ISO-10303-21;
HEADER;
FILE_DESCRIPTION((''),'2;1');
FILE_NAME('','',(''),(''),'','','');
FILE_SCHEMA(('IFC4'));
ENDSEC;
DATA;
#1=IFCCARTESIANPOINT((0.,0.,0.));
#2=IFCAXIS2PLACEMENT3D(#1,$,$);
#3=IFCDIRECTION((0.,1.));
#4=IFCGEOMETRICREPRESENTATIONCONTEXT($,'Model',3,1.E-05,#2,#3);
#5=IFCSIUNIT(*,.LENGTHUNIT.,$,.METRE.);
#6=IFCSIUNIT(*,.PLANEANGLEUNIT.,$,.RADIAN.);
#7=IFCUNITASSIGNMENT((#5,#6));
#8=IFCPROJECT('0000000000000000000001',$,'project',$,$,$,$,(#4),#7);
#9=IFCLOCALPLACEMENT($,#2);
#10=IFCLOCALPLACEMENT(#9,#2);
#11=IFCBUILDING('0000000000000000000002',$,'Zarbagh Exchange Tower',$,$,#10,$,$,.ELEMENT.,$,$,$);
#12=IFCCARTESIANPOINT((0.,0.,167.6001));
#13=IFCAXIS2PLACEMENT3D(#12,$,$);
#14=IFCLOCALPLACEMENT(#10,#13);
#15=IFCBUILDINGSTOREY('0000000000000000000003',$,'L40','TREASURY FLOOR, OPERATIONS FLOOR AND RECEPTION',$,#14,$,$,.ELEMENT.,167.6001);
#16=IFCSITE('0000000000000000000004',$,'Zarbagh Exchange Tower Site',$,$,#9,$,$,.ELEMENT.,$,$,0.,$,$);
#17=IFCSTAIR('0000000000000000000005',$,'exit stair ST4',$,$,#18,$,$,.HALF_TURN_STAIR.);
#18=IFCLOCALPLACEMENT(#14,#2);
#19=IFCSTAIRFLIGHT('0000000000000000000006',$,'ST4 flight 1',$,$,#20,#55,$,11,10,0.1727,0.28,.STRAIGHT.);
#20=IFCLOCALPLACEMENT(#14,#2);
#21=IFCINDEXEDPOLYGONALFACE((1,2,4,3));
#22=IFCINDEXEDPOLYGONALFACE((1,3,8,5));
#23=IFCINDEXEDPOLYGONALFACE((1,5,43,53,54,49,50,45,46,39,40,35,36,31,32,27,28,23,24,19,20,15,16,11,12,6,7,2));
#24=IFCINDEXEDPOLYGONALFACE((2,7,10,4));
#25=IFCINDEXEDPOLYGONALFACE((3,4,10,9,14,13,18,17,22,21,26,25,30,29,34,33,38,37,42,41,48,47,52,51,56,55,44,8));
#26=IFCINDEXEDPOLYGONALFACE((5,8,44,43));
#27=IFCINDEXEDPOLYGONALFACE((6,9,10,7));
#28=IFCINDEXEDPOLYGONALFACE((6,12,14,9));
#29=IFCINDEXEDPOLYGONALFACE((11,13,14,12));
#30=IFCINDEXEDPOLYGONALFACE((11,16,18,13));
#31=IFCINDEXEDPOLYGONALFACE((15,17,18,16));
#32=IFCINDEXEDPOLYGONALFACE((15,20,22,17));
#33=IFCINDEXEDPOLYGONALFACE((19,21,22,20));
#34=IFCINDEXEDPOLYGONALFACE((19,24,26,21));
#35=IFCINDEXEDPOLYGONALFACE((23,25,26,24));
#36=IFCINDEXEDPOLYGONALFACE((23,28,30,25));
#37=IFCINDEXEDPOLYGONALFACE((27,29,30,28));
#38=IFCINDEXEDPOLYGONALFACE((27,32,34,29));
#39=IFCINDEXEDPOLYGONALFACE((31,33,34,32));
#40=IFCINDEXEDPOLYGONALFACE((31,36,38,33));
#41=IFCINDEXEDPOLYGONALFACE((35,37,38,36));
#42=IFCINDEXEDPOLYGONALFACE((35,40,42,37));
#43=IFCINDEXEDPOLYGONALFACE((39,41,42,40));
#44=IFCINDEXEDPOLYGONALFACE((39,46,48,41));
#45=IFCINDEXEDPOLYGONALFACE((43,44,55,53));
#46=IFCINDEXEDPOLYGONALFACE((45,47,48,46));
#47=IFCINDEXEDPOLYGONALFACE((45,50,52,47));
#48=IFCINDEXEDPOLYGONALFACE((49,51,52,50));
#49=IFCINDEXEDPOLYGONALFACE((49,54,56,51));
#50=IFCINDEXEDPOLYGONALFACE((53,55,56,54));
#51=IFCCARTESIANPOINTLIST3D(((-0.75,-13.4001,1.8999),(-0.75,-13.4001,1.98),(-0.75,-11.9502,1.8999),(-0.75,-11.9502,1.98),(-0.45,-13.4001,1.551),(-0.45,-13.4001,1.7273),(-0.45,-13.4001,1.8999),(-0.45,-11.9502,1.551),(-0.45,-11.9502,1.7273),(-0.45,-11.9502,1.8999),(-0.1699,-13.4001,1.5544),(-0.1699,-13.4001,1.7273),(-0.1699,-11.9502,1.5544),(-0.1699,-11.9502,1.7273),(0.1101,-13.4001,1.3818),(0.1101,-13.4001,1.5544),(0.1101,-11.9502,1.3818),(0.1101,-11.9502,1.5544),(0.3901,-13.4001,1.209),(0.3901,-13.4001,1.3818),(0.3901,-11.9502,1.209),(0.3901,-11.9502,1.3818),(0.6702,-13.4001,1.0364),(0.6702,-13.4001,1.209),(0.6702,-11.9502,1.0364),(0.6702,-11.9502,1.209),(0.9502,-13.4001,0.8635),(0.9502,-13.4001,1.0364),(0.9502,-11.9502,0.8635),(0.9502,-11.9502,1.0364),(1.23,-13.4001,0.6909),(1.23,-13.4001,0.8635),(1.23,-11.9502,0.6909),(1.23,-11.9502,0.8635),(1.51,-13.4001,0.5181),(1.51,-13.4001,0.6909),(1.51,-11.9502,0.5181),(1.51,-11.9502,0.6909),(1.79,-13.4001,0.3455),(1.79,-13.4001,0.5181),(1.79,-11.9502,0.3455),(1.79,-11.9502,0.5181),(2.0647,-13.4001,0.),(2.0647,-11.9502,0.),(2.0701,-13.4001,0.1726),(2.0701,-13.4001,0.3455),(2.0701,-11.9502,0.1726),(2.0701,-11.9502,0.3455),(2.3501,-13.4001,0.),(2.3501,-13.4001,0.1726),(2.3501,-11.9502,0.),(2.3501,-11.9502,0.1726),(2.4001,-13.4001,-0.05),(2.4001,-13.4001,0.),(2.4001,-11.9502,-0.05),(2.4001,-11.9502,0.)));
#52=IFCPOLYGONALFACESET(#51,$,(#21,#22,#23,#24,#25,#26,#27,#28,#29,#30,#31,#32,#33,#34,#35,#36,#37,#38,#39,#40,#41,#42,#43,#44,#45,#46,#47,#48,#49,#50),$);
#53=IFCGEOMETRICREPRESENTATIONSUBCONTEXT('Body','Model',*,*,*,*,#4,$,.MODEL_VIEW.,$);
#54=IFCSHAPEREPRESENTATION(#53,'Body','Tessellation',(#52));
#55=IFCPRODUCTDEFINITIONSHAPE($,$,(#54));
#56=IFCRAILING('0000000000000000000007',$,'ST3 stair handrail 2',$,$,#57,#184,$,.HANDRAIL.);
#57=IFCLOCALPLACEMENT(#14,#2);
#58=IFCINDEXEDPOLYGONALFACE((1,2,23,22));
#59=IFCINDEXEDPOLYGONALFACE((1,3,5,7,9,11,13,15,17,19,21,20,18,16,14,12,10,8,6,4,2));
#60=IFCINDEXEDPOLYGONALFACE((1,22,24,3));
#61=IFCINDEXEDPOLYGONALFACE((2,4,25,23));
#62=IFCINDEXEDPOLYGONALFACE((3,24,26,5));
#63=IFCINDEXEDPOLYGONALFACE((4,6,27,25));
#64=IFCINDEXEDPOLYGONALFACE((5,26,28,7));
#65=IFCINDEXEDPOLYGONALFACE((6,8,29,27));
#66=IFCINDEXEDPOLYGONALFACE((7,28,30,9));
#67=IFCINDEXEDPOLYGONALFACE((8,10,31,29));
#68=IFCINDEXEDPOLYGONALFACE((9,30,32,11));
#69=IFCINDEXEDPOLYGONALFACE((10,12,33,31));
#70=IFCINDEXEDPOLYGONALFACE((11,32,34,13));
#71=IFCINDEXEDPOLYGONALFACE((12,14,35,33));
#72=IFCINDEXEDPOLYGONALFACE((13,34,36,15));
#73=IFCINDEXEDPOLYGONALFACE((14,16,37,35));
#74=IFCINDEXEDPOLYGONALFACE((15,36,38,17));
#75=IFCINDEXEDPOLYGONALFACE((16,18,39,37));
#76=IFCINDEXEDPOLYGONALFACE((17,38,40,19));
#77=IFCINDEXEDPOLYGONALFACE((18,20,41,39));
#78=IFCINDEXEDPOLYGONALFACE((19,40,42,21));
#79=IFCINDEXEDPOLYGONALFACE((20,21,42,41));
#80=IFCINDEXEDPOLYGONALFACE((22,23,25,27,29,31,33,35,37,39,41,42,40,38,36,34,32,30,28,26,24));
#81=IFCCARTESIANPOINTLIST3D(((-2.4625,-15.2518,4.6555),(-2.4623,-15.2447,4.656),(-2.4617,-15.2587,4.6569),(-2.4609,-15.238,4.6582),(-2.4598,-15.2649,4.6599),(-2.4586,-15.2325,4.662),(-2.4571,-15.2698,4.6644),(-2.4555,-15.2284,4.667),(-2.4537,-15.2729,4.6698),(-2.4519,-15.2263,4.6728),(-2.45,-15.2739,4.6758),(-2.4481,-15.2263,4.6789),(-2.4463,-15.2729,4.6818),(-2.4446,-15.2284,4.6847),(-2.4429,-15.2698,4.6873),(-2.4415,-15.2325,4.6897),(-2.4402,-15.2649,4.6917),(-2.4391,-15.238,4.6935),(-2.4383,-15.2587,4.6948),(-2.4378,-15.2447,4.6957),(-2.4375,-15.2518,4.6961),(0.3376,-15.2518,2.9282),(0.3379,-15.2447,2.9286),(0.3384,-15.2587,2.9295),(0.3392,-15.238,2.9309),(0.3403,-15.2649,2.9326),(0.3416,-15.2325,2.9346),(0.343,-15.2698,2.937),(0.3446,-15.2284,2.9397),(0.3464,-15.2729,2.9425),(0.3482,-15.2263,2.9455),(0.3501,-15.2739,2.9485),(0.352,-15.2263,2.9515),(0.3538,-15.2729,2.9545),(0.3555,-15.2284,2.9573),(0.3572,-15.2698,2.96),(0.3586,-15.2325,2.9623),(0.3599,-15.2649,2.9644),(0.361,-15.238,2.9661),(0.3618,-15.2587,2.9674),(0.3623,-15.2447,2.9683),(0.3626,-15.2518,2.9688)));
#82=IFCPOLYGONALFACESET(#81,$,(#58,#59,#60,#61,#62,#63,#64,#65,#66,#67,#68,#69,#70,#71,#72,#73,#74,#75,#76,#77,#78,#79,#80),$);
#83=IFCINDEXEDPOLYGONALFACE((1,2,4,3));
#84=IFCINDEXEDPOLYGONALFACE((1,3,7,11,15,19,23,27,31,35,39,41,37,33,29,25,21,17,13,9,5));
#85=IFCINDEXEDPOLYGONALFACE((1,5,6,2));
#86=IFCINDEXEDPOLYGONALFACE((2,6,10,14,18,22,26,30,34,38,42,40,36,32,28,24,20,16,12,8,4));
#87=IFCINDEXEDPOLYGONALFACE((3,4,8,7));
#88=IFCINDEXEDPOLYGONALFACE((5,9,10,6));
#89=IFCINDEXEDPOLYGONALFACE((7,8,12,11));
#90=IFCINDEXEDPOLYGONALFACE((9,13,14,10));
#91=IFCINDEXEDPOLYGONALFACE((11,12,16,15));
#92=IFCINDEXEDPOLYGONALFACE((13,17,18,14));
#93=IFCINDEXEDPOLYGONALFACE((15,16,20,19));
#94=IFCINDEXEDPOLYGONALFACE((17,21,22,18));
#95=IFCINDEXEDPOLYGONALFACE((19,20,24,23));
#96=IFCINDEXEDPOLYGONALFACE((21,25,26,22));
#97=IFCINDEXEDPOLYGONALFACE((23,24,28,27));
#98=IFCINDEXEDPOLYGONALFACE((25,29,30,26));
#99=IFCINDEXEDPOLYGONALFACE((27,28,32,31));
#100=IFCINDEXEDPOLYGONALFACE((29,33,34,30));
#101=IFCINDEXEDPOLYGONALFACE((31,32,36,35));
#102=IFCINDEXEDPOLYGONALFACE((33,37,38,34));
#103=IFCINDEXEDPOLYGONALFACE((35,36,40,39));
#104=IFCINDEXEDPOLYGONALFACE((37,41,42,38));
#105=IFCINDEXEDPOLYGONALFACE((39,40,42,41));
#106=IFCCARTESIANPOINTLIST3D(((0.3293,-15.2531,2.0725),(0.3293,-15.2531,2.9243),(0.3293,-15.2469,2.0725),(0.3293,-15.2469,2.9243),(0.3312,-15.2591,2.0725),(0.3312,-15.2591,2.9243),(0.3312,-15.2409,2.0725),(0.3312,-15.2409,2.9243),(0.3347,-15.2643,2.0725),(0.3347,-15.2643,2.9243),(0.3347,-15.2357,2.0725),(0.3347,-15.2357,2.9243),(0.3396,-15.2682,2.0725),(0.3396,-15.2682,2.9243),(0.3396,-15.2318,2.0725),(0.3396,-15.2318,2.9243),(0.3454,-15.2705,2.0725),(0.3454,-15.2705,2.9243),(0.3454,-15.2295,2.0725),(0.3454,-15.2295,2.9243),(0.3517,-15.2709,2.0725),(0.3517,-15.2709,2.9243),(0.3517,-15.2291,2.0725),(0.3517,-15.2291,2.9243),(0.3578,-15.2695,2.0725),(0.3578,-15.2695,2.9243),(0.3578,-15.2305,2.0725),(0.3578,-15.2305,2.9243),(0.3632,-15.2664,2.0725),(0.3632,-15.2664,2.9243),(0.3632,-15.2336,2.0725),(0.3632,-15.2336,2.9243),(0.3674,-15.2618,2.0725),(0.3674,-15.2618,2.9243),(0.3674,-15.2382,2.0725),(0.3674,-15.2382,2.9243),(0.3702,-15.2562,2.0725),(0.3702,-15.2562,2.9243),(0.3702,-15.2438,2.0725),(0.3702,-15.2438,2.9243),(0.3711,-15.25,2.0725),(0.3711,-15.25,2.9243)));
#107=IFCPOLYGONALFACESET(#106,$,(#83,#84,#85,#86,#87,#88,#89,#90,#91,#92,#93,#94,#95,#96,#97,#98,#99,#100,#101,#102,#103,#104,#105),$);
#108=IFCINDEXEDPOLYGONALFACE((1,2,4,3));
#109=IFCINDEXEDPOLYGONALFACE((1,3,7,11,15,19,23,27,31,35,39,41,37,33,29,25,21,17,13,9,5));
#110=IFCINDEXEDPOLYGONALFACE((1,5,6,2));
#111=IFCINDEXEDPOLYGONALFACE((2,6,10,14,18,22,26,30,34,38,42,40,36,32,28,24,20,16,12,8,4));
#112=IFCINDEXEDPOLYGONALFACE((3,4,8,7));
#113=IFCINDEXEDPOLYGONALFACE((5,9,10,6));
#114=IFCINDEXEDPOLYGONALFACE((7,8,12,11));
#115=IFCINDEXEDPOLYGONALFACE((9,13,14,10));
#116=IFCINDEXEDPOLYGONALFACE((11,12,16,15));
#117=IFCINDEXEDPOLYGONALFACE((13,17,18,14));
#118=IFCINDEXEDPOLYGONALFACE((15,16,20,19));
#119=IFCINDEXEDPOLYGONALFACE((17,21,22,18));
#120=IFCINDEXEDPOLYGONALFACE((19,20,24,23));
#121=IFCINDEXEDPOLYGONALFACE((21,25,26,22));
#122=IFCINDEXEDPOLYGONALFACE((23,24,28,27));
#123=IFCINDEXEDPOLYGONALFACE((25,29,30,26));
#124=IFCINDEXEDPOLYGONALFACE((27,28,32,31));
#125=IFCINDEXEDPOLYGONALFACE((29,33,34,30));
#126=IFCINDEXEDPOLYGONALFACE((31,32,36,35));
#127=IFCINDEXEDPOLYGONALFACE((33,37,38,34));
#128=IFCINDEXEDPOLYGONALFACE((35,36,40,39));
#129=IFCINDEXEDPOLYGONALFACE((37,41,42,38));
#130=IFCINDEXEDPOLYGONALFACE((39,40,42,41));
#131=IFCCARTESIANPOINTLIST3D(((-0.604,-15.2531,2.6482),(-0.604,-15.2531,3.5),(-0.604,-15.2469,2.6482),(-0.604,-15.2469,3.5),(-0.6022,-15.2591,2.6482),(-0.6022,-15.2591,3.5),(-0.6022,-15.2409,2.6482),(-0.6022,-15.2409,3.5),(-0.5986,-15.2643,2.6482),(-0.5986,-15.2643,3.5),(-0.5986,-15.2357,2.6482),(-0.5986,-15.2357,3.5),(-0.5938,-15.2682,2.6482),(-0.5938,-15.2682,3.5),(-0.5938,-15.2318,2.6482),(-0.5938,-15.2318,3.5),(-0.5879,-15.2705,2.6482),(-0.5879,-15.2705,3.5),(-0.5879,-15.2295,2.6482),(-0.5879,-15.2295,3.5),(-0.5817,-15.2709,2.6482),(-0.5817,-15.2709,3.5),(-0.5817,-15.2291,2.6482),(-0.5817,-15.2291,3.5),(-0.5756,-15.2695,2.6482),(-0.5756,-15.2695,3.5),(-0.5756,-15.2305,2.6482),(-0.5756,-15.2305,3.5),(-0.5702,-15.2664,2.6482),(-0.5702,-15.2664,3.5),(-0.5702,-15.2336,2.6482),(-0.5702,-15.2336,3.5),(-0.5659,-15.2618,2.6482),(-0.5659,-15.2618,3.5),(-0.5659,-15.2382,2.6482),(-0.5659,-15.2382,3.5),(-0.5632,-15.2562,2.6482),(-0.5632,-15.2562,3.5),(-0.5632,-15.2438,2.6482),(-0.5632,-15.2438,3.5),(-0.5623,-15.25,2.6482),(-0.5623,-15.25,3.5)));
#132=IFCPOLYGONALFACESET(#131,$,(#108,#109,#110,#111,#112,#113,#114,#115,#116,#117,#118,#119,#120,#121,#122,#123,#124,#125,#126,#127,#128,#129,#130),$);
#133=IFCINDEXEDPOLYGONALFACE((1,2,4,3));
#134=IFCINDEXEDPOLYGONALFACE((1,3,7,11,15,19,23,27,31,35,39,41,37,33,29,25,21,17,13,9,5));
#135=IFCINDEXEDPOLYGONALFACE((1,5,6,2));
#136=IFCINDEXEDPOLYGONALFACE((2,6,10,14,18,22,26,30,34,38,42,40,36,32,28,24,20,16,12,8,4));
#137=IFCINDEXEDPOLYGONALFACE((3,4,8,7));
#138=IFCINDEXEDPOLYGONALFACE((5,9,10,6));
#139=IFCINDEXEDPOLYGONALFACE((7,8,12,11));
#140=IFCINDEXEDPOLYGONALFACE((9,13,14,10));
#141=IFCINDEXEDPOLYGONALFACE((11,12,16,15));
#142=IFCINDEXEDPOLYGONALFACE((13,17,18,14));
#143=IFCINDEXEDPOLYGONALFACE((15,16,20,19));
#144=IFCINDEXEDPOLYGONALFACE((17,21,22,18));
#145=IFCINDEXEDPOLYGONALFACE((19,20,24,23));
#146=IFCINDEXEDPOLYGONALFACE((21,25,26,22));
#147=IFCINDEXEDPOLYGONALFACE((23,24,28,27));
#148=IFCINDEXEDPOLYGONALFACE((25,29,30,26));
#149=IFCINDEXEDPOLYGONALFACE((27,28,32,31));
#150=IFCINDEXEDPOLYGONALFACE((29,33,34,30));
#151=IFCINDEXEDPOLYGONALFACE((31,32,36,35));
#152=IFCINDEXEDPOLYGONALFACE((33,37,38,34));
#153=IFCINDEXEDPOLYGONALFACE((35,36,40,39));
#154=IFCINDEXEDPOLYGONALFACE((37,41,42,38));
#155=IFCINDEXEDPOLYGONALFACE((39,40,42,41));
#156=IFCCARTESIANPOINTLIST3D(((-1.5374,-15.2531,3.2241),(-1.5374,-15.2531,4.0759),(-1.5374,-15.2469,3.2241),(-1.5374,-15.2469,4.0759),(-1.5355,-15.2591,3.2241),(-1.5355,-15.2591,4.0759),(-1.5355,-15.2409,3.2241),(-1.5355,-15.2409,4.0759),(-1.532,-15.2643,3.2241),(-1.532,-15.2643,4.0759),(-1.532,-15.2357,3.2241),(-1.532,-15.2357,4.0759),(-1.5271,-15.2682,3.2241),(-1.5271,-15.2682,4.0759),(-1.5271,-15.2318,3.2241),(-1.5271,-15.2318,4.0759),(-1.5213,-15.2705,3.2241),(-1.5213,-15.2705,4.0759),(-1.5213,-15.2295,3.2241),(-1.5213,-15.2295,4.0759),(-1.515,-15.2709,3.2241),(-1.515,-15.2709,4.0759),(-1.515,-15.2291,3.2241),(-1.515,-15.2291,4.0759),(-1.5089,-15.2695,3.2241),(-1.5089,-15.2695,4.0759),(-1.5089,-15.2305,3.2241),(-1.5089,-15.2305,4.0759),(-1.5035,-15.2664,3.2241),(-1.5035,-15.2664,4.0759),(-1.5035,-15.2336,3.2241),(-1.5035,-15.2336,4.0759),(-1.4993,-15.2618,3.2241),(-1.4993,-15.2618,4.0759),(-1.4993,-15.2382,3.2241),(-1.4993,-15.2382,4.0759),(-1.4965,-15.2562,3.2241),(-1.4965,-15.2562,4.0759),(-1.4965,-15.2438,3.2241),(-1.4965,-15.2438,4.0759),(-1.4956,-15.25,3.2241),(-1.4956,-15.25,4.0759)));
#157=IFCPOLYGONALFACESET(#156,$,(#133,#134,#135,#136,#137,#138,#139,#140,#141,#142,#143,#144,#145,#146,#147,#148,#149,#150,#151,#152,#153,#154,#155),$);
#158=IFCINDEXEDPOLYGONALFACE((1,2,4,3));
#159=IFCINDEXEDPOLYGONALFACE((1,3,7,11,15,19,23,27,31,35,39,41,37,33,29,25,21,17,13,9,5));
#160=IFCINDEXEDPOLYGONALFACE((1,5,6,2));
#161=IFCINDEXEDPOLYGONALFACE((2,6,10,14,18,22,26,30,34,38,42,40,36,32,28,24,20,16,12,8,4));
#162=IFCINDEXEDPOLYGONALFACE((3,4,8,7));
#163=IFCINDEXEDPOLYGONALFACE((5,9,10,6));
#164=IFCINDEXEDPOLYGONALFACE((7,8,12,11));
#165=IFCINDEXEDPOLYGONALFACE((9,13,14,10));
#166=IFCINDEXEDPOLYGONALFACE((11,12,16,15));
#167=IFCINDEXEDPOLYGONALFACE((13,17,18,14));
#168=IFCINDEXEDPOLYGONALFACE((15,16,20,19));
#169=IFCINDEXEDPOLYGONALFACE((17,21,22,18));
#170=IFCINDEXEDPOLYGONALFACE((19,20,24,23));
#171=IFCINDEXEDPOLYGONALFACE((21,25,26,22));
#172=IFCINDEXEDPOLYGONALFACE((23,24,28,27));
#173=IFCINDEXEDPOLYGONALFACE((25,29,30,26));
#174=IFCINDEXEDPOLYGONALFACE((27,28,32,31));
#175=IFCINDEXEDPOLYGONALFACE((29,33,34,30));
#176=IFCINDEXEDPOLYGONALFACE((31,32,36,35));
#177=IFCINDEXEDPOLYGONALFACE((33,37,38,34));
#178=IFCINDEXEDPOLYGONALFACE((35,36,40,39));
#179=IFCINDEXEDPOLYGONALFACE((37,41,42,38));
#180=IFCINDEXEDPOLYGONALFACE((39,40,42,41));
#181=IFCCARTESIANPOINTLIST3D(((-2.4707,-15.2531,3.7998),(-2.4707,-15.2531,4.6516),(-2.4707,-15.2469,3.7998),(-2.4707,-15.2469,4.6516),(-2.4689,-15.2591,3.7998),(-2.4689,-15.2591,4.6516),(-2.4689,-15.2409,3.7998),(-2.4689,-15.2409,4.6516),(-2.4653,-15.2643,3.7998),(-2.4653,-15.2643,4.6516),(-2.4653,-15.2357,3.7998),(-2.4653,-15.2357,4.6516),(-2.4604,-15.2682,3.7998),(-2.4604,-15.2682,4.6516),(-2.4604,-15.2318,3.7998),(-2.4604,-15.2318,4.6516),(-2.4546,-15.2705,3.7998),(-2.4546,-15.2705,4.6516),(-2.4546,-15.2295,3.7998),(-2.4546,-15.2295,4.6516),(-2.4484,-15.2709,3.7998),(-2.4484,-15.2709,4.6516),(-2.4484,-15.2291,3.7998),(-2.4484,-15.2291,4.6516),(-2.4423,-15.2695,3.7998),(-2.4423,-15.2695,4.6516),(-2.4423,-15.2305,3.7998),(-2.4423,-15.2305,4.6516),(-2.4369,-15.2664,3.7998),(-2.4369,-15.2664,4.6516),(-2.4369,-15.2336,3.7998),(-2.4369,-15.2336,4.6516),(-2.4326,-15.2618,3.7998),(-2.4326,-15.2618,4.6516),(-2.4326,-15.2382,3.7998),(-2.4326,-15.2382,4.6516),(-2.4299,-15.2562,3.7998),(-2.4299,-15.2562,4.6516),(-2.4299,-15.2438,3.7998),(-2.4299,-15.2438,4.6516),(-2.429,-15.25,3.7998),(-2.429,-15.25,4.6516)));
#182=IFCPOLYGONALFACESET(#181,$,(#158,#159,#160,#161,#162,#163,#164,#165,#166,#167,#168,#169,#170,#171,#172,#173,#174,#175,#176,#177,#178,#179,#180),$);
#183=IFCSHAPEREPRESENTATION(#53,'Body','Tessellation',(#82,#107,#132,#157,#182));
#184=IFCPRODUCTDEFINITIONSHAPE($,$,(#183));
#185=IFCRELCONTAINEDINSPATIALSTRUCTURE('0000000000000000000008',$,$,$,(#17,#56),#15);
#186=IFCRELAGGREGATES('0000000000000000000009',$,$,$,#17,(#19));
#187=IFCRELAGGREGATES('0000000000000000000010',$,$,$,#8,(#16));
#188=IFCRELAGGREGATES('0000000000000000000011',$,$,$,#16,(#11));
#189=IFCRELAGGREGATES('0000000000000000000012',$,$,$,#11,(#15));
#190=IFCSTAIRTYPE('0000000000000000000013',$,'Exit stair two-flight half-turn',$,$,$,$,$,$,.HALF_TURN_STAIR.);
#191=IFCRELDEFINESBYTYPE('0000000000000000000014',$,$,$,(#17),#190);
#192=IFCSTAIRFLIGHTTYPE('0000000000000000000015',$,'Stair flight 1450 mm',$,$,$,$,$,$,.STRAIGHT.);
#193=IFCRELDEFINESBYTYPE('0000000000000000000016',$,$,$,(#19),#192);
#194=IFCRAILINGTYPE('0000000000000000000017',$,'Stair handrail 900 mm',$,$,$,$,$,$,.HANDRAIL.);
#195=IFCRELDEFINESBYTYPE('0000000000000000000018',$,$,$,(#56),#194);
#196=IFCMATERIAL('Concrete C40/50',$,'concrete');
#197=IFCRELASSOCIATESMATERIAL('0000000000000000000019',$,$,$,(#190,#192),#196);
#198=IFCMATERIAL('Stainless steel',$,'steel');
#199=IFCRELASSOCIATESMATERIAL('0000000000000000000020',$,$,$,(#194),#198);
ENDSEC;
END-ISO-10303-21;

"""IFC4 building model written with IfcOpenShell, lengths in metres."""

from ifc_helpers import new_model, si_unit, direction, frame, origin, origin_2d, place, context, subcontext, project, spatial, polyline, circle, outline, extrude, material, type_object, element, aggregate, save


model = new_model("IFC4")

# Units and contexts
model_context = context("Model", 3, precision=1e-05, world=origin(), true_north=direction((0.0, 1.0)))
body_context = subcontext(model_context, "Body", "Model", "MODEL_VIEW")
ifc_project = project(units=[si_unit("LENGTHUNIT", "METRE"), si_unit("PLANEANGLEUNIT", "RADIAN")], contexts=[model_context])

# Site, building, storey
site_placement = place(None, origin())
site = spatial("IfcSite", under=ifc_project, at=site_placement, Name="Zarbagh Exchange Tower Site", CompositionType="ELEMENT", RefElevation=0.0)
building_placement = place(site_placement, origin())
building = spatial("IfcBuilding", under=site, at=building_placement, Name="Zarbagh Exchange Tower", CompositionType="ELEMENT")
storey_placement = place(building_placement, frame((0.0, 0.0, 167.6001)))
storey = spatial("IfcBuildingStorey", under=building, at=storey_placement, Name="L40", Description="TREASURY FLOOR, OPERATIONS FLOOR AND RECEPTION", CompositionType="ELEMENT", Elevation=167.6001)

# Shared definitions
ifc_material_1 = material(Name="Stainless steel", Category="steel")

# Stair, stair flight
ifc_material_2 = material(Name="Concrete C40/50", Category="concrete")
stair_type = type_object("IfcStairType", Name="Exit stair two-flight half-turn", PredefinedType="HALF_TURN_STAIR", material=ifc_material_2)
stair_1_placement = place(storey_placement, origin())
stair_1 = element("IfcStair", 1, at=stair_1_placement, inside=storey, type_object=stair_type, Name="exit stair ST4", PredefinedType="HALF_TURN_STAIR")
stair_flight_type_1 = type_object("IfcStairFlightType", Name="Stair flight 1450 mm", PredefinedType="STRAIGHT", material=ifc_material_2)
stair_flight_1_placement = place(storey_placement, frame((2.3501, -12.675, 0.0), z_axis=(0.0, 0.0, 1.0), x_axis=(-1.0, 0.0, 0.0)))
stair_flight_1 = element("IfcStairFlight", 2, at=stair_flight_1_placement, type_object=stair_flight_type_1, Name="ST4 flight 1", NumberOfRisers=11, NumberOfTreads=10, PredefinedType="STRAIGHT", RiserHeight=0.1727, TreadLength=0.28, context=body_context, shape_type="SweptSolid", body=[
    extrude(outline(polyline([(-0.05, -0.05), (-0.05, 0.0), (0.0, 0.0), (0.0, 0.1726), (0.28, 0.1726), (0.28, 0.3455), (0.5601, 0.3455), (0.5601, 0.5181), (0.8401, 0.5181), (0.8401, 0.6909), (1.1201, 0.6909), (1.1201, 0.8635), (1.3999, 0.8635), (1.3999, 1.0364), (1.6799, 1.0364), (1.6799, 1.209), (1.96, 1.209), (1.96, 1.3818), (2.24, 1.3818), (2.24, 1.5544), (2.52, 1.5544), (2.52, 1.7273), (2.8, 1.7273), (2.8, 1.8999), (3.1001, 1.98), (3.1001, 1.8999), (2.8, 1.551), (0.2854, 0.0), (-0.05, -0.05)])), frame((0.0, 0.7251, 0.0), z_axis=(0.0, -1.0, 0.0), x_axis=(1.0, 0.0, 0.0)), (0.0, 0.0, 1.0), 1.45),
])
aggregate(stair_1, [stair_flight_1])

# Railing
railing_type_1 = type_object("IfcRailingType", Name="Stair handrail 900 mm", PredefinedType="HANDRAIL", material=ifc_material_1)
railing_1_placement = place(storey_placement, frame((0.3501, -15.25, 2.0725)))
element("IfcRailing", 3, at=railing_1_placement, inside=storey, type_object=railing_type_1, Name="ST3 stair handrail 2", PredefinedType="HANDRAIL", context=body_context, shape_type="SweptSolid", body=[
    extrude(circle(Radius=0.0239, at=origin_2d()), frame((0.0, 0.0, 0.876), z_axis=(-0.85109, 0.0, 0.52502), x_axis=(0.0, -1.0, 0.0)), (0.0, 0.0, 1.0), 3.29),
    extrude(circle(Radius=0.021, at=origin_2d()), origin(), (0.0, 0.0, 1.0), 0.8518),
    extrude(circle(Radius=0.021, at=origin_2d()), frame((-0.9333, 0.0, 0.5757)), (0.0, 0.0, 1.0), 0.8518),
    extrude(circle(Radius=0.021, at=origin_2d()), frame((-1.8667, 0.0, 1.1516)), (0.0, 0.0, 1.0), 0.8518),
    extrude(circle(Radius=0.021, at=origin_2d()), frame((-2.8, 0.0, 1.7273)), (0.0, 0.0, 1.0), 0.8518),
])

save(model, "model.ifc")
